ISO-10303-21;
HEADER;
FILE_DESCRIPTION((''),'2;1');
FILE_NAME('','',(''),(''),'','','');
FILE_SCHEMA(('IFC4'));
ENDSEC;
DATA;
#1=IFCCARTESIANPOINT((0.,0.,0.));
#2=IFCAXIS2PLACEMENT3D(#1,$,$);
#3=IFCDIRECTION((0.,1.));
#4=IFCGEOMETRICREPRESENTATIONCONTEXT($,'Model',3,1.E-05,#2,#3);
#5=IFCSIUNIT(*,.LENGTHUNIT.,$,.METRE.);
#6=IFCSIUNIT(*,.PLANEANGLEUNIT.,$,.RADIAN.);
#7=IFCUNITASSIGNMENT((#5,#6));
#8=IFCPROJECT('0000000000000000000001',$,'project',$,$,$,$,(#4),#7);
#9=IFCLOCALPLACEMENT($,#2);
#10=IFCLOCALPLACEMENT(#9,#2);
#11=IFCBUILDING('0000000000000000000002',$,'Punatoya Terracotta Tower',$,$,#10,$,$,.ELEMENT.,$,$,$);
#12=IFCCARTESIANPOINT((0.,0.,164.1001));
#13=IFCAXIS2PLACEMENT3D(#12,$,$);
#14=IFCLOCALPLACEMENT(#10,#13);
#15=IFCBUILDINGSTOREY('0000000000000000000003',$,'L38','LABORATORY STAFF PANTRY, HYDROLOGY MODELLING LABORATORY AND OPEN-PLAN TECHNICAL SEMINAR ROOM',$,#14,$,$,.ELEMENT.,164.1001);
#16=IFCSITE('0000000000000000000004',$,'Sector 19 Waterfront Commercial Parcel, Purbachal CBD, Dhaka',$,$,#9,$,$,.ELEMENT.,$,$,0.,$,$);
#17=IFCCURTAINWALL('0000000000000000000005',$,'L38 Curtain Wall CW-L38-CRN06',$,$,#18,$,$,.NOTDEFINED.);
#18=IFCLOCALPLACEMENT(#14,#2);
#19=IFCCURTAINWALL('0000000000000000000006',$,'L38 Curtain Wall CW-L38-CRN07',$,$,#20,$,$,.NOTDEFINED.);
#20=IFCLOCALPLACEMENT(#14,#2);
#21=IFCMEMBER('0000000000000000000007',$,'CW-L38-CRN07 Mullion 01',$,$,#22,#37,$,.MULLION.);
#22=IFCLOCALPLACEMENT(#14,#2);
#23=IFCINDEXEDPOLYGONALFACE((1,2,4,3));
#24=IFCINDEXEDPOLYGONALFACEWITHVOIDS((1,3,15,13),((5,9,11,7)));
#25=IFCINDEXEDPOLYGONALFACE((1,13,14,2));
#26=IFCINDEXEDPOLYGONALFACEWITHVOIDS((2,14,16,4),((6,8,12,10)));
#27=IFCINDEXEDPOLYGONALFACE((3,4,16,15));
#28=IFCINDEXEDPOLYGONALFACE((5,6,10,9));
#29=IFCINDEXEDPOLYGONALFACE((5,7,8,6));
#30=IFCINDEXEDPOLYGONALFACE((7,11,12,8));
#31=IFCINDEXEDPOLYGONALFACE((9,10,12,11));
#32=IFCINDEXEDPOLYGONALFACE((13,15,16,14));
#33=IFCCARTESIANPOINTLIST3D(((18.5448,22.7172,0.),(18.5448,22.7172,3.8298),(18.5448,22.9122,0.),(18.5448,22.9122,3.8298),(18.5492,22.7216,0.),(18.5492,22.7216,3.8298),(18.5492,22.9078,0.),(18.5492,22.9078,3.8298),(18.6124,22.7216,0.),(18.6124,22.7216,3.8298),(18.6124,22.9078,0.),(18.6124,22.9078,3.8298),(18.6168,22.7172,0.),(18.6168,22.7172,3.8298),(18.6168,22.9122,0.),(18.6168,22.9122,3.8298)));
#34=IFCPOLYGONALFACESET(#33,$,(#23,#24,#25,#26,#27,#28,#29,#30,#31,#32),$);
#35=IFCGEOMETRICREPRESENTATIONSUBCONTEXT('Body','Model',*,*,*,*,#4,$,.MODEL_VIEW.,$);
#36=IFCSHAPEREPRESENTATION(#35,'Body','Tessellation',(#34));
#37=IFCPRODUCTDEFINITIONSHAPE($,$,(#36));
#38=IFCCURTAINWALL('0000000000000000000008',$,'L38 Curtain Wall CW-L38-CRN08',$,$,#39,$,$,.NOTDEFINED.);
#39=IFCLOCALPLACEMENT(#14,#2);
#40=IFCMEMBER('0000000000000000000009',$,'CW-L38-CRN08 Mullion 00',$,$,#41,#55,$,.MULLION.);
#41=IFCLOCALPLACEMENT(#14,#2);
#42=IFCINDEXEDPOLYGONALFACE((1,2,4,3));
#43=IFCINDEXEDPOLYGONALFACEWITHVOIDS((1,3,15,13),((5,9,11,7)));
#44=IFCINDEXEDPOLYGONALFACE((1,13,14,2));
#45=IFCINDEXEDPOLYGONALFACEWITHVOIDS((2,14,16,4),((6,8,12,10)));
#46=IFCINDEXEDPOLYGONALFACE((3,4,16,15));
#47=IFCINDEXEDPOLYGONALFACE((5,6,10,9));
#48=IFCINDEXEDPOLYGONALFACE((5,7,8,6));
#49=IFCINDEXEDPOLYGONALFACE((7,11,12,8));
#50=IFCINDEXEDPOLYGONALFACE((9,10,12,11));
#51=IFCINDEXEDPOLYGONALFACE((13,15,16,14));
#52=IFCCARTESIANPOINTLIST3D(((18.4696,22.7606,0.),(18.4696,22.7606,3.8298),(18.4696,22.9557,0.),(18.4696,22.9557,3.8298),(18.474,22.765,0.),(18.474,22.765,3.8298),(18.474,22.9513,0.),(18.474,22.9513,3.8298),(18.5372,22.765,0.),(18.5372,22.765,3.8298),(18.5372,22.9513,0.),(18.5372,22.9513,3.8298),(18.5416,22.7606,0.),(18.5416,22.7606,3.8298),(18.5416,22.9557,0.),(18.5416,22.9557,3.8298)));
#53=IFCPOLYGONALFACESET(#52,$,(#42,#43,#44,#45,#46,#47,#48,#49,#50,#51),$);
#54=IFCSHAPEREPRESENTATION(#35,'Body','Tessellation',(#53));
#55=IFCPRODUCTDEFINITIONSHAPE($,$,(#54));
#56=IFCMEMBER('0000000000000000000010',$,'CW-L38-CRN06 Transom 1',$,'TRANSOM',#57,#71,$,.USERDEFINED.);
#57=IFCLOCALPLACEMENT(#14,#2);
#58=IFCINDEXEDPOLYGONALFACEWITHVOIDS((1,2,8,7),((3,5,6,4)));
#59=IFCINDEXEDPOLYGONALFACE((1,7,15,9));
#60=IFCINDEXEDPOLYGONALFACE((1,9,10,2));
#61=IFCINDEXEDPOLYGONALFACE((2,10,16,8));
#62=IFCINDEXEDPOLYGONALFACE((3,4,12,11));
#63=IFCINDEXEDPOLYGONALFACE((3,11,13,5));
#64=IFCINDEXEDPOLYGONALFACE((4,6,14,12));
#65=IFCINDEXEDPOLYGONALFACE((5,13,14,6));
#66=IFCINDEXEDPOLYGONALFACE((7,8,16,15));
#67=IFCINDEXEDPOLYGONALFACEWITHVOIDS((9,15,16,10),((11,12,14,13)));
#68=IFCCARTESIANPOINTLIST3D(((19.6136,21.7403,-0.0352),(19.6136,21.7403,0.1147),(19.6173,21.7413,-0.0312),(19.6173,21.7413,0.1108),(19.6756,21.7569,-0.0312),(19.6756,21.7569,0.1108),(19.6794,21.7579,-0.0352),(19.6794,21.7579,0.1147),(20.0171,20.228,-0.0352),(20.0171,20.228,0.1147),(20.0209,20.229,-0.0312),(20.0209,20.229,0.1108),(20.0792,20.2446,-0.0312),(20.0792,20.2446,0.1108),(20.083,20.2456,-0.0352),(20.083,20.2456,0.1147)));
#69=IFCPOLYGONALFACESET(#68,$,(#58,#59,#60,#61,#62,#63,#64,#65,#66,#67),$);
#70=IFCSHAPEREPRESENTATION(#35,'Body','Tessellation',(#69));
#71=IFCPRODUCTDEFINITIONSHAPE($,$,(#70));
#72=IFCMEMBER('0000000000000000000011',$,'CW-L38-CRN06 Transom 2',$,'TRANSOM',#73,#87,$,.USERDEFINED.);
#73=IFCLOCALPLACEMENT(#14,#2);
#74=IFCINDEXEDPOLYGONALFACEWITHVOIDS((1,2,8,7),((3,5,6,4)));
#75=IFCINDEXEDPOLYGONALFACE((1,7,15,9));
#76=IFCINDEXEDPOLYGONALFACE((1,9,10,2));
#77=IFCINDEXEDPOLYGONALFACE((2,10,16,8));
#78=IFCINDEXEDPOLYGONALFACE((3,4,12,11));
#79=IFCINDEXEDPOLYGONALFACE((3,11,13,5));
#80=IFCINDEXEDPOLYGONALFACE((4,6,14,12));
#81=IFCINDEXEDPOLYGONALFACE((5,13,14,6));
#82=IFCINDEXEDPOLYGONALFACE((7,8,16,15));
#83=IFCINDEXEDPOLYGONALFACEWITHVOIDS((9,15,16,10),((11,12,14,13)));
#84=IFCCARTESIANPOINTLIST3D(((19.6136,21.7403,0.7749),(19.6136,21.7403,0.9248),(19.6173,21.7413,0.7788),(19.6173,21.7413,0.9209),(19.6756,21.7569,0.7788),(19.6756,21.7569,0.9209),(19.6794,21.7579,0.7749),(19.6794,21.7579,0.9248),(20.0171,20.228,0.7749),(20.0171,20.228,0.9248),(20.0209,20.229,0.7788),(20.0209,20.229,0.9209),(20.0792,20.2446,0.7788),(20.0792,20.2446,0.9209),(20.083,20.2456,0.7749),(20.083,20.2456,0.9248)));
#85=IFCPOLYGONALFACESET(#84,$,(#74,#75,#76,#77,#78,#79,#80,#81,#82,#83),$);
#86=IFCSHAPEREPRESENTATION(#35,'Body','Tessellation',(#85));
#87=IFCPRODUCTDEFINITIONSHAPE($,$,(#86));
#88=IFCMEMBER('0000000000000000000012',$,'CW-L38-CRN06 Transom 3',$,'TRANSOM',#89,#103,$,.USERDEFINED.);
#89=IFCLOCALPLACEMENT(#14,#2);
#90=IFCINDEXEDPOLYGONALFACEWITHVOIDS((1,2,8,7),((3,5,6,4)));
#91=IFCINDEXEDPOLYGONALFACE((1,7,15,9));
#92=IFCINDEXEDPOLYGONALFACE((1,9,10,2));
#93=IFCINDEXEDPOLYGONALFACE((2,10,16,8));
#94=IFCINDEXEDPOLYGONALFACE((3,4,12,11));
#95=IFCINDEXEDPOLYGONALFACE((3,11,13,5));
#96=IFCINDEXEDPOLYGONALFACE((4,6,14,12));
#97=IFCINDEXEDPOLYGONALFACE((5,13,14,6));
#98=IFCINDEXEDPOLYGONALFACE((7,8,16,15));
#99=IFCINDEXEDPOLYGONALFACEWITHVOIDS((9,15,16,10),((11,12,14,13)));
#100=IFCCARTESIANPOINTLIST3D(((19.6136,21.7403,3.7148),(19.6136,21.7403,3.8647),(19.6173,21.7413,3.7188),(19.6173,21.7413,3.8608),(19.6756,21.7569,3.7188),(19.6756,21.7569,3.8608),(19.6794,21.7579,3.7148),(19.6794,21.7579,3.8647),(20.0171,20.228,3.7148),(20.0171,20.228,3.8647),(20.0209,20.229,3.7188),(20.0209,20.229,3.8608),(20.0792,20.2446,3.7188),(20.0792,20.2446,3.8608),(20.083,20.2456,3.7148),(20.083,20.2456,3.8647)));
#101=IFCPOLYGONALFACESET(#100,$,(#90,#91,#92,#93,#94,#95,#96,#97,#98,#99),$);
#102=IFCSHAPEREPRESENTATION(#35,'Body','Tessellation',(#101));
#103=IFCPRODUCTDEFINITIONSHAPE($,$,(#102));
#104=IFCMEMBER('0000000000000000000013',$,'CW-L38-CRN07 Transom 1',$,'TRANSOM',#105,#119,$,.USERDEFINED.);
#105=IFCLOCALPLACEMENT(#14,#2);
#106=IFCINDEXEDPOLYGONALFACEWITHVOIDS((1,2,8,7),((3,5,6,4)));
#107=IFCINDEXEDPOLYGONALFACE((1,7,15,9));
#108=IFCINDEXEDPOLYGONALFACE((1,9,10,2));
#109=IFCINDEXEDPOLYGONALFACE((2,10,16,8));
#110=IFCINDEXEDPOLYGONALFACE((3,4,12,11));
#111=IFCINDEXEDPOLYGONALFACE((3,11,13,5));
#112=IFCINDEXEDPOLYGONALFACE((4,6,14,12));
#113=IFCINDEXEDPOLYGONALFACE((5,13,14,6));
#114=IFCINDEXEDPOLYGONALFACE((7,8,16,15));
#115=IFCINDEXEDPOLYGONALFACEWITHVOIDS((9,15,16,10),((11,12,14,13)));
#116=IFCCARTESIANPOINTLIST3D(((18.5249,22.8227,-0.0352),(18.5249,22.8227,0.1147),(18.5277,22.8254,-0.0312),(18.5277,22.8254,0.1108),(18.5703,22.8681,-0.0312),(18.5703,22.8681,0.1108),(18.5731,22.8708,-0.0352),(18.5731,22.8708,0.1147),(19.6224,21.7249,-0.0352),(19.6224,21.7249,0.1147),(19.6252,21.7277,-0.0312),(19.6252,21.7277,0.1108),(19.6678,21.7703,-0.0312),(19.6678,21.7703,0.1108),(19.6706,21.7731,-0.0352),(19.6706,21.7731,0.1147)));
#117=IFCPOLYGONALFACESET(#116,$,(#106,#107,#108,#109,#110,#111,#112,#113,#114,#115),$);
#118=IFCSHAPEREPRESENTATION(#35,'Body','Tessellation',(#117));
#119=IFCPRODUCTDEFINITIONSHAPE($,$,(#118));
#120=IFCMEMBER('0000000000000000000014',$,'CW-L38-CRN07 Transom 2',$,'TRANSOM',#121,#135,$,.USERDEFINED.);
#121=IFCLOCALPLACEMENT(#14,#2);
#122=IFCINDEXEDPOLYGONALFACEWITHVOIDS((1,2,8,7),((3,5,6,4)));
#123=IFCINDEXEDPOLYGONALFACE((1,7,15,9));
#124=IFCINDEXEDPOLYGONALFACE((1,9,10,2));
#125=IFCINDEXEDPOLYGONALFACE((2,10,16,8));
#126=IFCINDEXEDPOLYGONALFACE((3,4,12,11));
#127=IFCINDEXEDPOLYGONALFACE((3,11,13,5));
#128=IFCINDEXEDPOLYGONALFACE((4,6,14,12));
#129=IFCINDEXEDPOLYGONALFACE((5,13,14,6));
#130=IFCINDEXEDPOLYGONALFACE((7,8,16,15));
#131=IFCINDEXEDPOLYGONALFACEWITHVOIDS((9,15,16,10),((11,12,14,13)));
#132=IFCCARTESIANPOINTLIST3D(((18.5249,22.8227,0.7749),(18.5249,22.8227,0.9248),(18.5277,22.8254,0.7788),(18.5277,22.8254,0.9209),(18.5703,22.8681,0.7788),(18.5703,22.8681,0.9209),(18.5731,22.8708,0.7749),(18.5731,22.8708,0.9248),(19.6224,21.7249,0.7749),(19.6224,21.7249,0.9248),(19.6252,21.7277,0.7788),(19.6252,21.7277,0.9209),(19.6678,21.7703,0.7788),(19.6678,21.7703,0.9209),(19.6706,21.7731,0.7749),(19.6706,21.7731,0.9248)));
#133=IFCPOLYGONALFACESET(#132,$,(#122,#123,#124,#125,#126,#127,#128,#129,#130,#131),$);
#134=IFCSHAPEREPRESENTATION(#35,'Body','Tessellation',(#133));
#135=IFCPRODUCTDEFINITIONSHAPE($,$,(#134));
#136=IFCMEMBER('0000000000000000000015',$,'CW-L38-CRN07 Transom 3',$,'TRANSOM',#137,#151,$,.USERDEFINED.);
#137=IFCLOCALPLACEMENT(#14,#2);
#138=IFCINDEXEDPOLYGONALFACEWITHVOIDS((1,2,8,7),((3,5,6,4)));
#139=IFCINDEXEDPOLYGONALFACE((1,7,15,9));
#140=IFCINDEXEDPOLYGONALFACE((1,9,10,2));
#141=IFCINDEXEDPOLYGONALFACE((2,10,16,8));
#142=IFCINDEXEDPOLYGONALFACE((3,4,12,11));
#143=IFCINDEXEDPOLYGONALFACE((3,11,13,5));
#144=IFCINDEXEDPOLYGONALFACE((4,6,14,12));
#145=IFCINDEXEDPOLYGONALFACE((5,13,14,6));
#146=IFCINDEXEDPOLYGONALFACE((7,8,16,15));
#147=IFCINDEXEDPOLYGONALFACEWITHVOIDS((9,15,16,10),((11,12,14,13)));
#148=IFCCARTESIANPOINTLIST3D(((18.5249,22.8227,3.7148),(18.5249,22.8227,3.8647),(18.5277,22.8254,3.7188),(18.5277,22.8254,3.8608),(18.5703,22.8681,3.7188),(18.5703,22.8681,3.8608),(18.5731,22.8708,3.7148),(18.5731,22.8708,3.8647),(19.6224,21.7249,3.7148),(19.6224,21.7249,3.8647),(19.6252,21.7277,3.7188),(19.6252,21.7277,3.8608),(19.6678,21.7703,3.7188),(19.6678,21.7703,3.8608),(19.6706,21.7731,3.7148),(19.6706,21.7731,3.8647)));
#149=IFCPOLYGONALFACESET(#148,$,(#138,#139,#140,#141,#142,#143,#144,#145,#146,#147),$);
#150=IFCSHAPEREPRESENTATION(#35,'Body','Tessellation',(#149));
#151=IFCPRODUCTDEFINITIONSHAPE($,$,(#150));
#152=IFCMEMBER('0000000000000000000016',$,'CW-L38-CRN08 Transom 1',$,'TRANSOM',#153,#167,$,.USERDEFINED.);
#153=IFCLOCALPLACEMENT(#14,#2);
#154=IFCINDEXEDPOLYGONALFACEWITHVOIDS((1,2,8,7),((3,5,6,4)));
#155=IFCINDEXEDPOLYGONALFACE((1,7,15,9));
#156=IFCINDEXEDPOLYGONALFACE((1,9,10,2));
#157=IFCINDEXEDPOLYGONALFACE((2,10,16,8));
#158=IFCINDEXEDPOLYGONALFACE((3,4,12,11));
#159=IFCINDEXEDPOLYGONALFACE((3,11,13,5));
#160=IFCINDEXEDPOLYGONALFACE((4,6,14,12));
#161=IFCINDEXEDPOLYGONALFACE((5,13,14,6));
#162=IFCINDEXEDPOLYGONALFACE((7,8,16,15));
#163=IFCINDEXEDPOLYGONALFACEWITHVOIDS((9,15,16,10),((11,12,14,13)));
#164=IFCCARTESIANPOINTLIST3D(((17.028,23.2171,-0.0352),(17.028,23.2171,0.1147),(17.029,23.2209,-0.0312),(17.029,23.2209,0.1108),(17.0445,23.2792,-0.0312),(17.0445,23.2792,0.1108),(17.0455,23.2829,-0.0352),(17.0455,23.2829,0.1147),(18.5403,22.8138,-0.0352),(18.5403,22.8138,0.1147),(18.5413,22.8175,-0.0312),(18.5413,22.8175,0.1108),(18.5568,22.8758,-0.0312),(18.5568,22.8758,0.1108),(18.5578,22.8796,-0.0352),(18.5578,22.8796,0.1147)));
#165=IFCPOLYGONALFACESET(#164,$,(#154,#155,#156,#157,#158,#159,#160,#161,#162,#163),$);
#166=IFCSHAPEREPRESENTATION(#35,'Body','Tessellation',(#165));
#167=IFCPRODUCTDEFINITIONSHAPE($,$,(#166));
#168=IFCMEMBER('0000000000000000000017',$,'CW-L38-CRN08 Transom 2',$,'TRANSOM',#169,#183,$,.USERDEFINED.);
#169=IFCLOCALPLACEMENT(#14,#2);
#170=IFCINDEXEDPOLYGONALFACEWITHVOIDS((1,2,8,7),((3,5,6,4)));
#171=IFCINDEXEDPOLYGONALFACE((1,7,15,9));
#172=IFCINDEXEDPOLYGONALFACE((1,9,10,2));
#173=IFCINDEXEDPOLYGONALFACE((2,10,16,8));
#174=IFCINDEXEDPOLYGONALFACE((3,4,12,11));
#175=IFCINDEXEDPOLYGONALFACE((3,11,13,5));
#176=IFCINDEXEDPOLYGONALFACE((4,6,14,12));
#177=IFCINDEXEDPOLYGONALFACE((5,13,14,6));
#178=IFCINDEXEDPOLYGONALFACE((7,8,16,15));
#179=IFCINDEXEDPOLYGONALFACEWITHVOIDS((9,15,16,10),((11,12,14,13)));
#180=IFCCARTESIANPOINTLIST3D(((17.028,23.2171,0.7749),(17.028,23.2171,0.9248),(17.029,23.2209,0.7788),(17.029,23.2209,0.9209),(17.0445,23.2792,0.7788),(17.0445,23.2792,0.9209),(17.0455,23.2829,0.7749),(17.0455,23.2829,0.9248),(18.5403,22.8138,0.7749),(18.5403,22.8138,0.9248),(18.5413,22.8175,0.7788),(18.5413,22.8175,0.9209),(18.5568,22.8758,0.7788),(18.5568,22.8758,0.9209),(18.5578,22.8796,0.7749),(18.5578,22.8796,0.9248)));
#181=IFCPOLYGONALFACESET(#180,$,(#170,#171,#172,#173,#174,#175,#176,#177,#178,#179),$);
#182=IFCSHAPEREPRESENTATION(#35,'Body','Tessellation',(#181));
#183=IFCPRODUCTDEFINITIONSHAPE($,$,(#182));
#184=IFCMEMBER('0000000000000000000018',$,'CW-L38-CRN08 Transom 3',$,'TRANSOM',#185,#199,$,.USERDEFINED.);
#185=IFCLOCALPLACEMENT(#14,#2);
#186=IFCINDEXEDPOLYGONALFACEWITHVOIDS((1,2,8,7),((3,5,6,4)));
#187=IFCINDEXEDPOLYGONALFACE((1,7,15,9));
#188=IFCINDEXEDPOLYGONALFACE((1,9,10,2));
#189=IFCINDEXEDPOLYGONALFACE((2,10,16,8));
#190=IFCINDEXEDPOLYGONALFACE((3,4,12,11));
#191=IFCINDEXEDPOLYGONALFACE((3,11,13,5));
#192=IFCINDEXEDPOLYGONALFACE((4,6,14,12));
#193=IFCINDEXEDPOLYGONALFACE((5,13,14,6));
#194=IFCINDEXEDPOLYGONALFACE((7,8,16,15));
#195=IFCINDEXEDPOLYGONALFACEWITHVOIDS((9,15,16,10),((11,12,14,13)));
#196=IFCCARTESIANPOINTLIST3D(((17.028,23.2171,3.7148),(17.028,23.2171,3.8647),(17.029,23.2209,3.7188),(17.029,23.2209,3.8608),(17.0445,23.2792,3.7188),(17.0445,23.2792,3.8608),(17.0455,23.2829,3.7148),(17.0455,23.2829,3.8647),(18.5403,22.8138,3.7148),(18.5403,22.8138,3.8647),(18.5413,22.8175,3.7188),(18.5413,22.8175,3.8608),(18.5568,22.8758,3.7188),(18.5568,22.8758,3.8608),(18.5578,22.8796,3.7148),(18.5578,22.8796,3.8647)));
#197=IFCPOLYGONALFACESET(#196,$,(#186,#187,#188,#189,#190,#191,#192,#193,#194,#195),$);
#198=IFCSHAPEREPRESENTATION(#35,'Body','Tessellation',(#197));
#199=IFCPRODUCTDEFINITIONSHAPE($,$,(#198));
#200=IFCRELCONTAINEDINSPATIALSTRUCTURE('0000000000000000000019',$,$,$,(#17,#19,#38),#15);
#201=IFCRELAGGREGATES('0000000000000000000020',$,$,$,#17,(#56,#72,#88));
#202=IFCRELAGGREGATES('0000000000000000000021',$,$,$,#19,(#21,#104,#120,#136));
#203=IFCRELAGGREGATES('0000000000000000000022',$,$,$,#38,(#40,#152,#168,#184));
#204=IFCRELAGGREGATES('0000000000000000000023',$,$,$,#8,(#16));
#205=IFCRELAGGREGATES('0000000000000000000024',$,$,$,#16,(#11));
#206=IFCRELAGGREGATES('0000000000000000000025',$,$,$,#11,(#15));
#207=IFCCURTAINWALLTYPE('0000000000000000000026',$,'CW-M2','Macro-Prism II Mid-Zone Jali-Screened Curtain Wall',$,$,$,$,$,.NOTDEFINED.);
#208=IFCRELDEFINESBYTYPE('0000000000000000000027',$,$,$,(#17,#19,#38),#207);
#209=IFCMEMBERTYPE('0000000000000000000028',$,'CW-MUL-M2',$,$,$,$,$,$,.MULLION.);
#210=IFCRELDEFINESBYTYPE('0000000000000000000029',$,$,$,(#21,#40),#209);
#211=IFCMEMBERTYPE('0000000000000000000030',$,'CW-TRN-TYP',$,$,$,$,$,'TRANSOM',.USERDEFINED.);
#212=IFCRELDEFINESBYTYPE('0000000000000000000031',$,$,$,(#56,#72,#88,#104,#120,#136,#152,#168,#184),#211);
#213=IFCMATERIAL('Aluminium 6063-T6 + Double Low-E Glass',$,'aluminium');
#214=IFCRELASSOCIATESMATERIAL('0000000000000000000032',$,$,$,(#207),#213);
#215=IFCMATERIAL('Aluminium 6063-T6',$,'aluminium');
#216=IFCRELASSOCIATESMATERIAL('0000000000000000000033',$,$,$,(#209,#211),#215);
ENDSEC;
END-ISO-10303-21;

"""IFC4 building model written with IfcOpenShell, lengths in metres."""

from ifc_helpers import new_model, si_unit, direction, frame, origin, origin_2d, place, context, subcontext, project, spatial, hollow_rectangle, extrude, material, material_profile, profile_set, type_object, element, aggregate, save


model = new_model("IFC4")

# Units and contexts
model_context = context("Model", 3, precision=1e-05, world=origin(), true_north=direction((0.0, 1.0)))
body_context = subcontext(model_context, "Body", "Model", "MODEL_VIEW")
ifc_project = project(units=[si_unit("LENGTHUNIT", "METRE"), si_unit("PLANEANGLEUNIT", "RADIAN")], contexts=[model_context])

# Site, building, storey
site_placement = place(None, origin())
site = spatial("IfcSite", under=ifc_project, at=site_placement, Name="Sector 19 Waterfront Commercial Parcel, Purbachal CBD, Dhaka", CompositionType="ELEMENT", RefElevation=0.0)
building_placement = place(site_placement, origin())
building = spatial("IfcBuilding", under=site, at=building_placement, Name="Punatoya Terracotta Tower", CompositionType="ELEMENT")
storey_placement = place(building_placement, frame((0.0, 0.0, 164.1001)))
storey = spatial("IfcBuildingStorey", under=building, at=storey_placement, Name="L38", Description="LABORATORY STAFF PANTRY, HYDROLOGY MODELLING LABORATORY AND OPEN-PLAN TECHNICAL SEMINAR ROOM", CompositionType="ELEMENT", Elevation=164.1001)

# Shared definitions
ifc_material_1 = material(Name="Aluminium 6063-T6 + Double Low-E Glass", Category="aluminium")
curtain_wall_type = type_object("IfcCurtainWallType", Name="CW-M2", Description="Macro-Prism II Mid-Zone Jali-Screened Curtain Wall", PredefinedType="NOTDEFINED", material=ifc_material_1)
ifc_material_2 = material(Name="Aluminium 6063-T6", Category="aluminium")
ifc_material_profile_1 = material_profile(ifc_material_2, hollow_rectangle(XDim=0.072, YDim=0.1951, WallThickness=0.0044, at=origin_2d()))
ifc_profile_set_1 = profile_set([ifc_material_profile_1], Name="Aluminium 6063-T6")
member_type_1 = type_object("IfcMemberType", Name="CW-MUL-M2", PredefinedType="MULLION", material=ifc_profile_set_1)

# Curtain walls, member
curtain_wall_1_placement = place(storey_placement, origin())
curtain_wall_1 = element("IfcCurtainWall", 1, at=curtain_wall_1_placement, inside=storey, type_object=curtain_wall_type, Name="L38 Curtain Wall CW-L38-CRN06", PredefinedType="NOTDEFINED")
curtain_wall_2_placement = place(storey_placement, origin())
curtain_wall_2 = element("IfcCurtainWall", 2, at=curtain_wall_2_placement, inside=storey, type_object=curtain_wall_type, Name="L38 Curtain Wall CW-L38-CRN07", PredefinedType="NOTDEFINED")
member_1_placement = place(storey_placement, frame((18.5808, 22.8147, 0.0), z_axis=(0.0, 0.0, 1.0), x_axis=(1.0, 0.0, 0.0)))
member_1 = element("IfcMember", 3, at=member_1_placement, type_object=member_type_1, Name="CW-L38-CRN07 Mullion 01", PredefinedType="MULLION", context=body_context, shape_type="SweptSolid", body=[
    extrude(hollow_rectangle(XDim=0.072, YDim=0.1951, WallThickness=0.0044, at=origin_2d()), origin(), (0.0, 0.0, 1.0), 3.8298),
])

# Curtain wall, member
curtain_wall_3_placement = place(storey_placement, origin())
curtain_wall_3 = element("IfcCurtainWall", 4, at=curtain_wall_3_placement, inside=storey, type_object=curtain_wall_type, Name="L38 Curtain Wall CW-L38-CRN08", PredefinedType="NOTDEFINED")
member_2_placement = place(storey_placement, frame((18.5056, 22.8582, 0.0), z_axis=(0.0, 0.0, 1.0), x_axis=(1.0, 0.0, 0.0)))
member_2 = element("IfcMember", 5, at=member_2_placement, type_object=member_type_1, Name="CW-L38-CRN08 Mullion 00", PredefinedType="MULLION", context=body_context, shape_type="SweptSolid", body=[
    extrude(hollow_rectangle(XDim=0.072, YDim=0.1951, WallThickness=0.0044, at=origin_2d()), origin(), (0.0, 0.0, 1.0), 3.8298),
])

# Members
ifc_material_profile_2 = material_profile(ifc_material_2, hollow_rectangle(XDim=0.0681, YDim=0.1499, WallThickness=0.0039, at=origin_2d()))
ifc_profile_set_2 = profile_set([ifc_material_profile_2], Name="Aluminium 6063-T6")
member_type_2 = type_object("IfcMemberType", Name="CW-TRN-TYP", ElementType="TRANSOM", PredefinedType="USERDEFINED", material=ifc_profile_set_2)
member_3_placement = place(storey_placement, frame((20.05, 20.2368, 0.0398), z_axis=(-0.257847, 0.966186, 0.0), x_axis=(-0.966186, -0.257847, 0.0)))
member_3 = element("IfcMember", 6, at=member_3_placement, type_object=member_type_2, Name="CW-L38-CRN06 Transom 1", ObjectType="TRANSOM", PredefinedType="USERDEFINED", context=body_context, shape_type="SweptSolid", body=[
    extrude(hollow_rectangle(XDim=0.0681, YDim=0.1499, WallThickness=0.0039, at=origin_2d()), origin(), (0.0, 0.0, 1.0), 1.5652),
])
member_4_placement = place(storey_placement, frame((20.05, 20.2368, 0.8499), z_axis=(-0.257847, 0.966186, 0.0), x_axis=(-0.966186, -0.257847, 0.0)))
member_4 = element("IfcMember", 7, at=member_4_placement, type_object=member_type_2, Name="CW-L38-CRN06 Transom 2", ObjectType="TRANSOM", PredefinedType="USERDEFINED", context=body_context, shape_type="SweptSolid", body=[
    extrude(hollow_rectangle(XDim=0.0681, YDim=0.1499, WallThickness=0.0039, at=origin_2d()), origin(), (0.0, 0.0, 1.0), 1.5652),
])
member_5_placement = place(storey_placement, frame((20.05, 20.2368, 3.7898), z_axis=(-0.257847, 0.966186, 0.0), x_axis=(-0.966186, -0.257847, 0.0)))
member_5 = element("IfcMember", 8, at=member_5_placement, type_object=member_type_2, Name="CW-L38-CRN06 Transom 3", ObjectType="TRANSOM", PredefinedType="USERDEFINED", context=body_context, shape_type="SweptSolid", body=[
    extrude(hollow_rectangle(XDim=0.0681, YDim=0.1499, WallThickness=0.0039, at=origin_2d()), origin(), (0.0, 0.0, 1.0), 1.5652),
])
member_6_placement = place(storey_placement, frame((19.6465, 21.749, 0.0398), z_axis=(-0.707028, 0.707185, 0.0), x_axis=(-0.707185, -0.707028, 0.0)))
member_6 = element("IfcMember", 9, at=member_6_placement, type_object=member_type_2, Name="CW-L38-CRN07 Transom 1", ObjectType="TRANSOM", PredefinedType="USERDEFINED", context=body_context, shape_type="SweptSolid", body=[
    extrude(hollow_rectangle(XDim=0.0681, YDim=0.1499, WallThickness=0.0039, at=origin_2d()), origin(), (0.0, 0.0, 1.0), 1.5522),
])
member_7_placement = place(storey_placement, frame((19.6465, 21.749, 0.8499), z_axis=(-0.707028, 0.707185, 0.0), x_axis=(-0.707185, -0.707028, 0.0)))
member_7 = element("IfcMember", 10, at=member_7_placement, type_object=member_type_2, Name="CW-L38-CRN07 Transom 2", ObjectType="TRANSOM", PredefinedType="USERDEFINED", context=body_context, shape_type="SweptSolid", body=[
    extrude(hollow_rectangle(XDim=0.0681, YDim=0.1499, WallThickness=0.0039, at=origin_2d()), origin(), (0.0, 0.0, 1.0), 1.5522),
])
member_8_placement = place(storey_placement, frame((19.6465, 21.749, 3.7898), z_axis=(-0.707028, 0.707185, 0.0), x_axis=(-0.707185, -0.707028, 0.0)))
member_8 = element("IfcMember", 11, at=member_8_placement, type_object=member_type_2, Name="CW-L38-CRN07 Transom 3", ObjectType="TRANSOM", PredefinedType="USERDEFINED", context=body_context, shape_type="SweptSolid", body=[
    extrude(hollow_rectangle(XDim=0.0681, YDim=0.1499, WallThickness=0.0039, at=origin_2d()), origin(), (0.0, 0.0, 1.0), 1.5522),
])
member_9_placement = place(storey_placement, frame((18.5491, 22.8467, 0.0398), z_axis=(-0.966225, 0.257701, 0.0), x_axis=(-0.257701, -0.966225, 0.0)))
member_9 = element("IfcMember", 12, at=member_9_placement, type_object=member_type_2, Name="CW-L38-CRN08 Transom 1", ObjectType="TRANSOM", PredefinedType="USERDEFINED", context=body_context, shape_type="SweptSolid", body=[
    extrude(hollow_rectangle(XDim=0.0681, YDim=0.1499, WallThickness=0.0039, at=origin_2d()), origin(), (0.0, 0.0, 1.0), 1.5652),
])
member_10_placement = place(storey_placement, frame((18.5491, 22.8467, 0.8499), z_axis=(-0.966225, 0.257701, 0.0), x_axis=(-0.257701, -0.966225, 0.0)))
member_10 = element("IfcMember", 13, at=member_10_placement, type_object=member_type_2, Name="CW-L38-CRN08 Transom 2", ObjectType="TRANSOM", PredefinedType="USERDEFINED", context=body_context, shape_type="SweptSolid", body=[
    extrude(hollow_rectangle(XDim=0.0681, YDim=0.1499, WallThickness=0.0039, at=origin_2d()), origin(), (0.0, 0.0, 1.0), 1.5652),
])
member_11_placement = place(storey_placement, frame((18.5491, 22.8467, 3.7898), z_axis=(-0.966225, 0.257701, 0.0), x_axis=(-0.257701, -0.966225, 0.0)))
member_11 = element("IfcMember", 14, at=member_11_placement, type_object=member_type_2, Name="CW-L38-CRN08 Transom 3", ObjectType="TRANSOM", PredefinedType="USERDEFINED", context=body_context, shape_type="SweptSolid", body=[
    extrude(hollow_rectangle(XDim=0.0681, YDim=0.1499, WallThickness=0.0039, at=origin_2d()), origin(), (0.0, 0.0, 1.0), 1.5652),
])

aggregate(curtain_wall_1, [member_3, member_4, member_5])
aggregate(curtain_wall_2, [member_1, member_6, member_7, member_8])
aggregate(curtain_wall_3, [member_2, member_9, member_10, member_11])

save(model, "model.ifc")
